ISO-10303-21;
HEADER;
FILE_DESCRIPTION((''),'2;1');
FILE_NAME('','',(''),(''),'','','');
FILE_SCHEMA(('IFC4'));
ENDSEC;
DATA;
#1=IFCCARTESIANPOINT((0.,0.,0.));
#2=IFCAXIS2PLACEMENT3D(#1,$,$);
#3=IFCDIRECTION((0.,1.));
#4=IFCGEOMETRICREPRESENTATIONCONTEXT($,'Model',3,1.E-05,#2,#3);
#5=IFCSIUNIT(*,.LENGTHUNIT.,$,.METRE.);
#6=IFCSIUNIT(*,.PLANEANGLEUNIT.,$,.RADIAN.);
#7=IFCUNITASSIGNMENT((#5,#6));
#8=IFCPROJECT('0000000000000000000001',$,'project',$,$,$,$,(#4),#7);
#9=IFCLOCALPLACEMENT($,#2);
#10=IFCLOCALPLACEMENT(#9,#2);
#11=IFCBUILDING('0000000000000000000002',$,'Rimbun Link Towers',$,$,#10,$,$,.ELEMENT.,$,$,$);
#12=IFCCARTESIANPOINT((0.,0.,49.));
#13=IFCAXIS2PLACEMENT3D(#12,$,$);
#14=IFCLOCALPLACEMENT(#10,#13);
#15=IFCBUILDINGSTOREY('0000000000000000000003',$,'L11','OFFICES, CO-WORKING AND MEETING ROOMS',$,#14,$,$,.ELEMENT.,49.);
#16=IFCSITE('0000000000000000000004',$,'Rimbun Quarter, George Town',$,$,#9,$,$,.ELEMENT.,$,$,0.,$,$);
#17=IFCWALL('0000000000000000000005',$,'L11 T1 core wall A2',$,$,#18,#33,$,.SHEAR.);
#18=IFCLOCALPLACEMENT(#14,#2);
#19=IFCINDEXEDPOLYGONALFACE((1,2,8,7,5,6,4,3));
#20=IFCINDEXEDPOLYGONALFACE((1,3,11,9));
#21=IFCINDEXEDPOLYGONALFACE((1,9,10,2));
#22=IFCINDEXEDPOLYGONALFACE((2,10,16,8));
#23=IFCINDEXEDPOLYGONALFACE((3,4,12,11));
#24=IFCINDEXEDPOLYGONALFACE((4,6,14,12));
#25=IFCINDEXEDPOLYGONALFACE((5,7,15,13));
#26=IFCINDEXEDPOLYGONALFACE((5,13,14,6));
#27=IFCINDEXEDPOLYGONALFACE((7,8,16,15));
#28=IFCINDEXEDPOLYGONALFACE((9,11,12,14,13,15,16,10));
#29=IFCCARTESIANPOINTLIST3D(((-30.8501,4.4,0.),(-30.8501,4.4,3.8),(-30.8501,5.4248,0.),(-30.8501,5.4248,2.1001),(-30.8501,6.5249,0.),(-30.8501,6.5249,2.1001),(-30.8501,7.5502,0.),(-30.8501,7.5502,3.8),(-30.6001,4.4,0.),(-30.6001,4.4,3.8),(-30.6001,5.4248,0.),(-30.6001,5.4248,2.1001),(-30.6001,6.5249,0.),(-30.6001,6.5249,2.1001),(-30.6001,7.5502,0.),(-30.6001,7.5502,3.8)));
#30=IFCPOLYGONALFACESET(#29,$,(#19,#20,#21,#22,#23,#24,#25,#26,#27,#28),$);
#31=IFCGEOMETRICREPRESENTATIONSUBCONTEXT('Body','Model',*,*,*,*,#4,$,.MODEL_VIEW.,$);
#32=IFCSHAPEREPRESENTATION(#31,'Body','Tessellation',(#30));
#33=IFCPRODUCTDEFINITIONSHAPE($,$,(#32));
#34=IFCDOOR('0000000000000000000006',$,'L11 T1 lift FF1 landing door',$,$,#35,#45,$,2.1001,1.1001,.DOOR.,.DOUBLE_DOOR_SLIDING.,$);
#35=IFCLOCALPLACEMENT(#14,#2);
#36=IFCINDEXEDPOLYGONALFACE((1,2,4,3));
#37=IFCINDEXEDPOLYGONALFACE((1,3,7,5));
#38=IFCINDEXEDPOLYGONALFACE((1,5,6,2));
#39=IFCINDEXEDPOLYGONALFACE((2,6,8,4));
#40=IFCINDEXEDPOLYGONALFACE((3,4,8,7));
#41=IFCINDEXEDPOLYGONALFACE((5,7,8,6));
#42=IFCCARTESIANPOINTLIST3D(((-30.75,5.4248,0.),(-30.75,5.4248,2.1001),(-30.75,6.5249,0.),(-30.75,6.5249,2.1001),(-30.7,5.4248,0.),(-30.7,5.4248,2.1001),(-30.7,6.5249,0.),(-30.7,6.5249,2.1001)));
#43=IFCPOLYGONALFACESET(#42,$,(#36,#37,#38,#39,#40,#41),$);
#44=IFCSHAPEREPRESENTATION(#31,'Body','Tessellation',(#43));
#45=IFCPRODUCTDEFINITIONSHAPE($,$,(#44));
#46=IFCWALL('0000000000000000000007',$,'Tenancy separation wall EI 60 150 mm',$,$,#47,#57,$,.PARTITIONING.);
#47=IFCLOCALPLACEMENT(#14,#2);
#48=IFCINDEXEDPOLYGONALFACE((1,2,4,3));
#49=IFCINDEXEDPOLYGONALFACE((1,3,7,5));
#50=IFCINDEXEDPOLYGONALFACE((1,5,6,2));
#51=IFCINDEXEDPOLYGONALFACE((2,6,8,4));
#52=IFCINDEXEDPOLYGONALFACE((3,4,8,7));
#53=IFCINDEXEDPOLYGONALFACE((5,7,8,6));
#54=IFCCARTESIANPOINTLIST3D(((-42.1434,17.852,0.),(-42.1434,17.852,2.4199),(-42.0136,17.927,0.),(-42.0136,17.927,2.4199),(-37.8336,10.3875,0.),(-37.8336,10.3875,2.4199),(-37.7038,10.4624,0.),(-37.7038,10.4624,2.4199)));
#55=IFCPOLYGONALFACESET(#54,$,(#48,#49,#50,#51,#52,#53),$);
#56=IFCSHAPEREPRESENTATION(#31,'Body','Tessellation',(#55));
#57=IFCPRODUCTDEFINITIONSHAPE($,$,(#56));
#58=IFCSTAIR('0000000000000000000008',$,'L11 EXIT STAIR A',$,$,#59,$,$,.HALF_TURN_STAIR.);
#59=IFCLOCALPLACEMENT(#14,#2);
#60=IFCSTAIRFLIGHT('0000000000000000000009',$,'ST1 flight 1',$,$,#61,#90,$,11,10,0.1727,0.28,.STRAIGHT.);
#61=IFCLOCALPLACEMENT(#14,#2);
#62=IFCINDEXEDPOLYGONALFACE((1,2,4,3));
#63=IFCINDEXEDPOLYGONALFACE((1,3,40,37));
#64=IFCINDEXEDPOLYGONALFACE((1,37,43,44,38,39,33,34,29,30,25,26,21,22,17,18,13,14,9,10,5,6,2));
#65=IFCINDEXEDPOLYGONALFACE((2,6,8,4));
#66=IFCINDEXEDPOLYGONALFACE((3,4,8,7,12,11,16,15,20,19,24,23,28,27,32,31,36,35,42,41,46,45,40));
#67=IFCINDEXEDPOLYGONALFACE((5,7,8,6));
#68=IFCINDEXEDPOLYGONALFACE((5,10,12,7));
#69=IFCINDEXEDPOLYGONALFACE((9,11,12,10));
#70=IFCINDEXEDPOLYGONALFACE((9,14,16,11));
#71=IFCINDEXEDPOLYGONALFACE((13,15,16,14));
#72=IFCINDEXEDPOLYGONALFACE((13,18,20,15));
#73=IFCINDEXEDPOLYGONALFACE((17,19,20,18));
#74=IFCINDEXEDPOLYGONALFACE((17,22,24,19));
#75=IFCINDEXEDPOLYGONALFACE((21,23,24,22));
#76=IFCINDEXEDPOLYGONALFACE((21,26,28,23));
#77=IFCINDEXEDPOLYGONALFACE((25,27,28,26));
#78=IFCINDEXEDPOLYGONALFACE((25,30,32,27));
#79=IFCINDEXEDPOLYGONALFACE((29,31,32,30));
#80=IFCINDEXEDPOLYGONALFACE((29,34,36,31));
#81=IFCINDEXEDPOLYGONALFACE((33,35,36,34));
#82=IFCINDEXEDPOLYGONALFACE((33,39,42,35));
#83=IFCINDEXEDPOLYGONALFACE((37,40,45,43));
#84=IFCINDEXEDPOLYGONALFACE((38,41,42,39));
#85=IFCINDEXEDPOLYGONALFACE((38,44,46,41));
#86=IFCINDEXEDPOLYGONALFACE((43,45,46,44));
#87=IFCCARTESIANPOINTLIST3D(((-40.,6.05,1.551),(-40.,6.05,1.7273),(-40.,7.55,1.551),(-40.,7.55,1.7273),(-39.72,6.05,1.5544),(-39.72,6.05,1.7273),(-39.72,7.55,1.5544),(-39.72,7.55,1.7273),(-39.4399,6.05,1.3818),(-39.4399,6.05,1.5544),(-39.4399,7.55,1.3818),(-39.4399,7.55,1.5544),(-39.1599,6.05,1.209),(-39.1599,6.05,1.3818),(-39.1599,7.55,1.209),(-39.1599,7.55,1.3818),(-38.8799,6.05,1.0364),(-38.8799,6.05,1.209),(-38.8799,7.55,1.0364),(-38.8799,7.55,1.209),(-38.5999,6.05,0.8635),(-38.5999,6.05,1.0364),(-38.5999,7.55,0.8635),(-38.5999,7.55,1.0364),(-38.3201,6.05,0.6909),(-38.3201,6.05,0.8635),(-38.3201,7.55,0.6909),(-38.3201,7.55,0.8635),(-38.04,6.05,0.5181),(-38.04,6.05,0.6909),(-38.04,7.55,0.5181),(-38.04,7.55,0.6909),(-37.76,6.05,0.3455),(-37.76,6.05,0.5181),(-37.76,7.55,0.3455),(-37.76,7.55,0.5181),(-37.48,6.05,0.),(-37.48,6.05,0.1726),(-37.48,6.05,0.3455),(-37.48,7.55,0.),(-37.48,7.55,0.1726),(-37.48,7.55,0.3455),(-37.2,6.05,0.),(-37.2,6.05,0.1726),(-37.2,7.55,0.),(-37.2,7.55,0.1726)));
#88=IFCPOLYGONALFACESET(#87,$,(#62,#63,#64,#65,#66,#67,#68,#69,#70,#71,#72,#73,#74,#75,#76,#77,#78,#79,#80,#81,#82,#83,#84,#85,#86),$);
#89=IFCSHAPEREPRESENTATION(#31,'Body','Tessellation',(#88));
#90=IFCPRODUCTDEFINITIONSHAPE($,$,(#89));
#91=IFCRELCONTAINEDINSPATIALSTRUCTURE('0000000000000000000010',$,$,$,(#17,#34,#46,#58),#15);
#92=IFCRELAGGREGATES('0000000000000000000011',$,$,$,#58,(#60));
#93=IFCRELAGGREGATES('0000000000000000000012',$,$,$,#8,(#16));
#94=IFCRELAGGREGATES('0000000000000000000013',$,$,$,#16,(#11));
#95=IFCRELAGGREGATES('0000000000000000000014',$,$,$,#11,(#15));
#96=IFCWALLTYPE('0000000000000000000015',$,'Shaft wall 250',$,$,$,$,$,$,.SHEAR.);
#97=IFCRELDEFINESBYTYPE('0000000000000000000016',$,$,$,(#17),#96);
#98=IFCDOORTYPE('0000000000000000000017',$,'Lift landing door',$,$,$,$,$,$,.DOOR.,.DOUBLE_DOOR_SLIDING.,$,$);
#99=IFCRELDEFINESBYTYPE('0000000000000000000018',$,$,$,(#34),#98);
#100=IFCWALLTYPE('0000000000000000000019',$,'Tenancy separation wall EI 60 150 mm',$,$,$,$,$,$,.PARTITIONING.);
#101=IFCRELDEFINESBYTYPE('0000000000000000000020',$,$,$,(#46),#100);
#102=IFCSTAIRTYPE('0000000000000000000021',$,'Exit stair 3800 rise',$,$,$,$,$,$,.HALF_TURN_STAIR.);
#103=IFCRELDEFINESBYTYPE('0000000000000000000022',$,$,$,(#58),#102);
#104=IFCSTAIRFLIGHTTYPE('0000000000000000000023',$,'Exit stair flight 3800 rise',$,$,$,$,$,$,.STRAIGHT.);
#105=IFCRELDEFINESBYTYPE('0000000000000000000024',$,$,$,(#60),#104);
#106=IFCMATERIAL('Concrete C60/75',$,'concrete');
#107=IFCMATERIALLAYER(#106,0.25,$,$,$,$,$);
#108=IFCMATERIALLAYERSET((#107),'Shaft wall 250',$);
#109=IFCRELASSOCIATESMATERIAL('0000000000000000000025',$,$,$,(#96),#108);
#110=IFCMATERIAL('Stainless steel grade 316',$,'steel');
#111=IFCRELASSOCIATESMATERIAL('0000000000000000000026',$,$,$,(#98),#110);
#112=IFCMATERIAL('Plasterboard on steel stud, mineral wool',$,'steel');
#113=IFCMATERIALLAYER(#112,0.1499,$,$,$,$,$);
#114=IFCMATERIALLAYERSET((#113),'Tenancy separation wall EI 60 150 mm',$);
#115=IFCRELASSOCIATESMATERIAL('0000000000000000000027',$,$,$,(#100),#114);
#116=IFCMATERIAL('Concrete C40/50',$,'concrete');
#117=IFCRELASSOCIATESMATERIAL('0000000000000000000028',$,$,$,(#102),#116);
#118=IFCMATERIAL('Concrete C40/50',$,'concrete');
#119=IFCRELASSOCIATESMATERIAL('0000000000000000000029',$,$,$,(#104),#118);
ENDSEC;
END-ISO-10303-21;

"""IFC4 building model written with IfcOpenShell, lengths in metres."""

from ifc_helpers import new_model, si_unit, direction, frame, frame_2d, origin, place, context, subcontext, project, spatial, polyline, rectangle, outline, extrude, material, layer, layer_set, type_object, element, fill, aggregate, save


model = new_model("IFC4")

# Units and contexts
model_context = context("Model", 3, precision=1e-05, world=origin(), true_north=direction((0.0, 1.0)))
body_context = subcontext(model_context, "Body", "Model", "MODEL_VIEW")
ifc_project = project(units=[si_unit("LENGTHUNIT", "METRE"), si_unit("PLANEANGLEUNIT", "RADIAN")], contexts=[model_context])

# Site, building, storey
site_placement = place(None, origin())
site = spatial("IfcSite", under=ifc_project, at=site_placement, Name="Rimbun Quarter, George Town", CompositionType="ELEMENT", RefElevation=0.0)
building_placement = place(site_placement, origin())
building = spatial("IfcBuilding", under=site, at=building_placement, Name="Rimbun Link Towers", CompositionType="ELEMENT")
storey_placement = place(building_placement, frame((0.0, 0.0, 49.0)))
storey = spatial("IfcBuildingStorey", under=building, at=storey_placement, Name="L11", Description="OFFICES, CO-WORKING AND MEETING ROOMS", CompositionType="ELEMENT", Elevation=49.0)

# Shared definitions
ifc_material_1 = material(Name="Concrete C60/75", Category="concrete")
ifc_layer_1 = layer(ifc_material_1, 0.25)
ifc_layer_set_1 = layer_set([ifc_layer_1], Name="Shaft wall 250")
wall_type_1 = type_object("IfcWallType", Name="Shaft wall 250", PredefinedType="SHEAR", material=ifc_layer_set_1)

# Wall, opening, door
wall_1_placement = place(storey_placement, frame((-30.7251, 4.3999, 0.0), z_axis=(0.0, 0.0, 1.0), x_axis=(0.0, 1.0, 0.0)))
wall_1 = element("IfcWall", 1, at=wall_1_placement, inside=storey, type_object=wall_type_1, Name="L11 T1 core wall A2", PredefinedType="SHEAR", context=body_context, shape_type="SweptSolid", body=[
    extrude(rectangle(XDim=3.1501, YDim=0.25, at=frame_2d((1.5752, 0.0))), origin(), (0.0, 0.0, 1.0), 3.8),
])
opening_1_placement = place(wall_1_placement, frame((1.0249, 0.0, 0.0)))
opening_1 = element("IfcOpeningElement", 2, at=opening_1_placement, cuts=wall_1, PredefinedType="OPENING", context=body_context, shape_type="SweptSolid", body=[
    extrude(rectangle(XDim=1.1001, YDim=2.1001, at=frame_2d((0.55, 1.05))), frame((0.0, 0.135, 0.0), z_axis=(0.0, -1.0, 0.0), x_axis=(1.0, 0.0, 0.0)), (0.0, 0.0, 1.0), 0.27),
])
ifc_material_2 = material(Name="Stainless steel grade 316", Category="steel")
door_type_1 = type_object("IfcDoorType", Name="Lift landing door", OperationType="DOUBLE_DOOR_SLIDING", PredefinedType="DOOR", material=ifc_material_2)
door_1_placement = place(opening_1_placement, origin())
door_1 = element("IfcDoor", 3, at=door_1_placement, inside=storey, type_object=door_type_1, Name="L11 T1 lift FF1 landing door", OperationType="DOUBLE_DOOR_SLIDING", OverallHeight=2.1001, OverallWidth=1.1001, PredefinedType="DOOR", context=body_context, shape_type="SweptSolid", body=[
    extrude(rectangle(XDim=1.1001, YDim=2.1001, at=frame_2d((0.55, 1.05))), frame((0.0, 0.0249, 0.0), z_axis=(0.0, -1.0, 0.0), x_axis=(1.0, 0.0, 0.0)), (0.0, 0.0, 1.0), 0.05),
])
fill(opening_1, door_1)

# Wall
ifc_material_3 = material(Name="Plasterboard on steel stud, mineral wool", Category="steel")
ifc_layer_2 = layer(ifc_material_3, 0.1499)
ifc_layer_set_2 = layer_set([ifc_layer_2], Name="Tenancy separation wall EI 60 150 mm")
wall_type_2 = type_object("IfcWallType", Name="Tenancy separation wall EI 60 150 mm", PredefinedType="PARTITIONING", material=ifc_layer_set_2)
wall_2_placement = place(storey_placement, frame((-37.7688, 10.425, 0.0), z_axis=(0.0, 0.0, 1.0), x_axis=(-0.500011, 0.866019, 0.0)))
element("IfcWall", 4, at=wall_2_placement, inside=storey, type_object=wall_type_2, Name="Tenancy separation wall EI 60 150 mm", PredefinedType="PARTITIONING", context=body_context, shape_type="SweptSolid", body=[
    extrude(rectangle(XDim=8.6194, YDim=0.1499, at=frame_2d((4.3096, 0.0))), origin(), (0.0, 0.0, 1.0), 2.4199),
])

# Stair, stair flight
ifc_material_4 = material(Name="Concrete C40/50", Category="concrete")
stair_type = type_object("IfcStairType", Name="Exit stair 3800 rise", PredefinedType="HALF_TURN_STAIR", material=ifc_material_4)
stair_placement = place(storey_placement, origin())
stair = element("IfcStair", 5, at=stair_placement, inside=storey, type_object=stair_type, Name="L11 EXIT STAIR A", PredefinedType="HALF_TURN_STAIR")
ifc_material_5 = material(Name="Concrete C40/50", Category="concrete")
stair_flight_type = type_object("IfcStairFlightType", Name="Exit stair flight 3800 rise", PredefinedType="STRAIGHT", material=ifc_material_5)
stair_flight_placement = place(storey_placement, frame((-37.2, 6.8, 0.0), z_axis=(0.0, 0.0, 1.0), x_axis=(-1.0, 0.0, 0.0)))
stair_flight = element("IfcStairFlight", 6, at=stair_flight_placement, type_object=stair_flight_type, Name="ST1 flight 1", NumberOfRisers=11, NumberOfTreads=10, PredefinedType="STRAIGHT", RiserHeight=0.1727, TreadLength=0.28, context=body_context, shape_type="SweptSolid", body=[
    extrude(outline(polyline([(0.0, 0.0), (0.0, 0.1726), (0.28, 0.1726), (0.28, 0.3455), (0.5601, 0.3455), (0.5601, 0.5181), (0.8401, 0.5181), (0.8401, 0.6909), (1.1201, 0.6909), (1.1201, 0.8635), (1.3999, 0.8635), (1.3999, 1.0364), (1.6799, 1.0364), (1.6799, 1.209), (1.96, 1.209), (1.96, 1.3818), (2.24, 1.3818), (2.24, 1.5544), (2.52, 1.5544), (2.52, 1.7273), (2.8, 1.7273), (2.8, 1.8999), (2.8, 1.551), (0.28, 0.0), (0.0, 0.0)])), frame((0.0, 0.75, 0.0), z_axis=(0.0, -1.0, 0.0), x_axis=(1.0, 0.0, 0.0)), (0.0, 0.0, 1.0), 1.5),
])
aggregate(stair, [stair_flight])

save(model, "model.ifc")
